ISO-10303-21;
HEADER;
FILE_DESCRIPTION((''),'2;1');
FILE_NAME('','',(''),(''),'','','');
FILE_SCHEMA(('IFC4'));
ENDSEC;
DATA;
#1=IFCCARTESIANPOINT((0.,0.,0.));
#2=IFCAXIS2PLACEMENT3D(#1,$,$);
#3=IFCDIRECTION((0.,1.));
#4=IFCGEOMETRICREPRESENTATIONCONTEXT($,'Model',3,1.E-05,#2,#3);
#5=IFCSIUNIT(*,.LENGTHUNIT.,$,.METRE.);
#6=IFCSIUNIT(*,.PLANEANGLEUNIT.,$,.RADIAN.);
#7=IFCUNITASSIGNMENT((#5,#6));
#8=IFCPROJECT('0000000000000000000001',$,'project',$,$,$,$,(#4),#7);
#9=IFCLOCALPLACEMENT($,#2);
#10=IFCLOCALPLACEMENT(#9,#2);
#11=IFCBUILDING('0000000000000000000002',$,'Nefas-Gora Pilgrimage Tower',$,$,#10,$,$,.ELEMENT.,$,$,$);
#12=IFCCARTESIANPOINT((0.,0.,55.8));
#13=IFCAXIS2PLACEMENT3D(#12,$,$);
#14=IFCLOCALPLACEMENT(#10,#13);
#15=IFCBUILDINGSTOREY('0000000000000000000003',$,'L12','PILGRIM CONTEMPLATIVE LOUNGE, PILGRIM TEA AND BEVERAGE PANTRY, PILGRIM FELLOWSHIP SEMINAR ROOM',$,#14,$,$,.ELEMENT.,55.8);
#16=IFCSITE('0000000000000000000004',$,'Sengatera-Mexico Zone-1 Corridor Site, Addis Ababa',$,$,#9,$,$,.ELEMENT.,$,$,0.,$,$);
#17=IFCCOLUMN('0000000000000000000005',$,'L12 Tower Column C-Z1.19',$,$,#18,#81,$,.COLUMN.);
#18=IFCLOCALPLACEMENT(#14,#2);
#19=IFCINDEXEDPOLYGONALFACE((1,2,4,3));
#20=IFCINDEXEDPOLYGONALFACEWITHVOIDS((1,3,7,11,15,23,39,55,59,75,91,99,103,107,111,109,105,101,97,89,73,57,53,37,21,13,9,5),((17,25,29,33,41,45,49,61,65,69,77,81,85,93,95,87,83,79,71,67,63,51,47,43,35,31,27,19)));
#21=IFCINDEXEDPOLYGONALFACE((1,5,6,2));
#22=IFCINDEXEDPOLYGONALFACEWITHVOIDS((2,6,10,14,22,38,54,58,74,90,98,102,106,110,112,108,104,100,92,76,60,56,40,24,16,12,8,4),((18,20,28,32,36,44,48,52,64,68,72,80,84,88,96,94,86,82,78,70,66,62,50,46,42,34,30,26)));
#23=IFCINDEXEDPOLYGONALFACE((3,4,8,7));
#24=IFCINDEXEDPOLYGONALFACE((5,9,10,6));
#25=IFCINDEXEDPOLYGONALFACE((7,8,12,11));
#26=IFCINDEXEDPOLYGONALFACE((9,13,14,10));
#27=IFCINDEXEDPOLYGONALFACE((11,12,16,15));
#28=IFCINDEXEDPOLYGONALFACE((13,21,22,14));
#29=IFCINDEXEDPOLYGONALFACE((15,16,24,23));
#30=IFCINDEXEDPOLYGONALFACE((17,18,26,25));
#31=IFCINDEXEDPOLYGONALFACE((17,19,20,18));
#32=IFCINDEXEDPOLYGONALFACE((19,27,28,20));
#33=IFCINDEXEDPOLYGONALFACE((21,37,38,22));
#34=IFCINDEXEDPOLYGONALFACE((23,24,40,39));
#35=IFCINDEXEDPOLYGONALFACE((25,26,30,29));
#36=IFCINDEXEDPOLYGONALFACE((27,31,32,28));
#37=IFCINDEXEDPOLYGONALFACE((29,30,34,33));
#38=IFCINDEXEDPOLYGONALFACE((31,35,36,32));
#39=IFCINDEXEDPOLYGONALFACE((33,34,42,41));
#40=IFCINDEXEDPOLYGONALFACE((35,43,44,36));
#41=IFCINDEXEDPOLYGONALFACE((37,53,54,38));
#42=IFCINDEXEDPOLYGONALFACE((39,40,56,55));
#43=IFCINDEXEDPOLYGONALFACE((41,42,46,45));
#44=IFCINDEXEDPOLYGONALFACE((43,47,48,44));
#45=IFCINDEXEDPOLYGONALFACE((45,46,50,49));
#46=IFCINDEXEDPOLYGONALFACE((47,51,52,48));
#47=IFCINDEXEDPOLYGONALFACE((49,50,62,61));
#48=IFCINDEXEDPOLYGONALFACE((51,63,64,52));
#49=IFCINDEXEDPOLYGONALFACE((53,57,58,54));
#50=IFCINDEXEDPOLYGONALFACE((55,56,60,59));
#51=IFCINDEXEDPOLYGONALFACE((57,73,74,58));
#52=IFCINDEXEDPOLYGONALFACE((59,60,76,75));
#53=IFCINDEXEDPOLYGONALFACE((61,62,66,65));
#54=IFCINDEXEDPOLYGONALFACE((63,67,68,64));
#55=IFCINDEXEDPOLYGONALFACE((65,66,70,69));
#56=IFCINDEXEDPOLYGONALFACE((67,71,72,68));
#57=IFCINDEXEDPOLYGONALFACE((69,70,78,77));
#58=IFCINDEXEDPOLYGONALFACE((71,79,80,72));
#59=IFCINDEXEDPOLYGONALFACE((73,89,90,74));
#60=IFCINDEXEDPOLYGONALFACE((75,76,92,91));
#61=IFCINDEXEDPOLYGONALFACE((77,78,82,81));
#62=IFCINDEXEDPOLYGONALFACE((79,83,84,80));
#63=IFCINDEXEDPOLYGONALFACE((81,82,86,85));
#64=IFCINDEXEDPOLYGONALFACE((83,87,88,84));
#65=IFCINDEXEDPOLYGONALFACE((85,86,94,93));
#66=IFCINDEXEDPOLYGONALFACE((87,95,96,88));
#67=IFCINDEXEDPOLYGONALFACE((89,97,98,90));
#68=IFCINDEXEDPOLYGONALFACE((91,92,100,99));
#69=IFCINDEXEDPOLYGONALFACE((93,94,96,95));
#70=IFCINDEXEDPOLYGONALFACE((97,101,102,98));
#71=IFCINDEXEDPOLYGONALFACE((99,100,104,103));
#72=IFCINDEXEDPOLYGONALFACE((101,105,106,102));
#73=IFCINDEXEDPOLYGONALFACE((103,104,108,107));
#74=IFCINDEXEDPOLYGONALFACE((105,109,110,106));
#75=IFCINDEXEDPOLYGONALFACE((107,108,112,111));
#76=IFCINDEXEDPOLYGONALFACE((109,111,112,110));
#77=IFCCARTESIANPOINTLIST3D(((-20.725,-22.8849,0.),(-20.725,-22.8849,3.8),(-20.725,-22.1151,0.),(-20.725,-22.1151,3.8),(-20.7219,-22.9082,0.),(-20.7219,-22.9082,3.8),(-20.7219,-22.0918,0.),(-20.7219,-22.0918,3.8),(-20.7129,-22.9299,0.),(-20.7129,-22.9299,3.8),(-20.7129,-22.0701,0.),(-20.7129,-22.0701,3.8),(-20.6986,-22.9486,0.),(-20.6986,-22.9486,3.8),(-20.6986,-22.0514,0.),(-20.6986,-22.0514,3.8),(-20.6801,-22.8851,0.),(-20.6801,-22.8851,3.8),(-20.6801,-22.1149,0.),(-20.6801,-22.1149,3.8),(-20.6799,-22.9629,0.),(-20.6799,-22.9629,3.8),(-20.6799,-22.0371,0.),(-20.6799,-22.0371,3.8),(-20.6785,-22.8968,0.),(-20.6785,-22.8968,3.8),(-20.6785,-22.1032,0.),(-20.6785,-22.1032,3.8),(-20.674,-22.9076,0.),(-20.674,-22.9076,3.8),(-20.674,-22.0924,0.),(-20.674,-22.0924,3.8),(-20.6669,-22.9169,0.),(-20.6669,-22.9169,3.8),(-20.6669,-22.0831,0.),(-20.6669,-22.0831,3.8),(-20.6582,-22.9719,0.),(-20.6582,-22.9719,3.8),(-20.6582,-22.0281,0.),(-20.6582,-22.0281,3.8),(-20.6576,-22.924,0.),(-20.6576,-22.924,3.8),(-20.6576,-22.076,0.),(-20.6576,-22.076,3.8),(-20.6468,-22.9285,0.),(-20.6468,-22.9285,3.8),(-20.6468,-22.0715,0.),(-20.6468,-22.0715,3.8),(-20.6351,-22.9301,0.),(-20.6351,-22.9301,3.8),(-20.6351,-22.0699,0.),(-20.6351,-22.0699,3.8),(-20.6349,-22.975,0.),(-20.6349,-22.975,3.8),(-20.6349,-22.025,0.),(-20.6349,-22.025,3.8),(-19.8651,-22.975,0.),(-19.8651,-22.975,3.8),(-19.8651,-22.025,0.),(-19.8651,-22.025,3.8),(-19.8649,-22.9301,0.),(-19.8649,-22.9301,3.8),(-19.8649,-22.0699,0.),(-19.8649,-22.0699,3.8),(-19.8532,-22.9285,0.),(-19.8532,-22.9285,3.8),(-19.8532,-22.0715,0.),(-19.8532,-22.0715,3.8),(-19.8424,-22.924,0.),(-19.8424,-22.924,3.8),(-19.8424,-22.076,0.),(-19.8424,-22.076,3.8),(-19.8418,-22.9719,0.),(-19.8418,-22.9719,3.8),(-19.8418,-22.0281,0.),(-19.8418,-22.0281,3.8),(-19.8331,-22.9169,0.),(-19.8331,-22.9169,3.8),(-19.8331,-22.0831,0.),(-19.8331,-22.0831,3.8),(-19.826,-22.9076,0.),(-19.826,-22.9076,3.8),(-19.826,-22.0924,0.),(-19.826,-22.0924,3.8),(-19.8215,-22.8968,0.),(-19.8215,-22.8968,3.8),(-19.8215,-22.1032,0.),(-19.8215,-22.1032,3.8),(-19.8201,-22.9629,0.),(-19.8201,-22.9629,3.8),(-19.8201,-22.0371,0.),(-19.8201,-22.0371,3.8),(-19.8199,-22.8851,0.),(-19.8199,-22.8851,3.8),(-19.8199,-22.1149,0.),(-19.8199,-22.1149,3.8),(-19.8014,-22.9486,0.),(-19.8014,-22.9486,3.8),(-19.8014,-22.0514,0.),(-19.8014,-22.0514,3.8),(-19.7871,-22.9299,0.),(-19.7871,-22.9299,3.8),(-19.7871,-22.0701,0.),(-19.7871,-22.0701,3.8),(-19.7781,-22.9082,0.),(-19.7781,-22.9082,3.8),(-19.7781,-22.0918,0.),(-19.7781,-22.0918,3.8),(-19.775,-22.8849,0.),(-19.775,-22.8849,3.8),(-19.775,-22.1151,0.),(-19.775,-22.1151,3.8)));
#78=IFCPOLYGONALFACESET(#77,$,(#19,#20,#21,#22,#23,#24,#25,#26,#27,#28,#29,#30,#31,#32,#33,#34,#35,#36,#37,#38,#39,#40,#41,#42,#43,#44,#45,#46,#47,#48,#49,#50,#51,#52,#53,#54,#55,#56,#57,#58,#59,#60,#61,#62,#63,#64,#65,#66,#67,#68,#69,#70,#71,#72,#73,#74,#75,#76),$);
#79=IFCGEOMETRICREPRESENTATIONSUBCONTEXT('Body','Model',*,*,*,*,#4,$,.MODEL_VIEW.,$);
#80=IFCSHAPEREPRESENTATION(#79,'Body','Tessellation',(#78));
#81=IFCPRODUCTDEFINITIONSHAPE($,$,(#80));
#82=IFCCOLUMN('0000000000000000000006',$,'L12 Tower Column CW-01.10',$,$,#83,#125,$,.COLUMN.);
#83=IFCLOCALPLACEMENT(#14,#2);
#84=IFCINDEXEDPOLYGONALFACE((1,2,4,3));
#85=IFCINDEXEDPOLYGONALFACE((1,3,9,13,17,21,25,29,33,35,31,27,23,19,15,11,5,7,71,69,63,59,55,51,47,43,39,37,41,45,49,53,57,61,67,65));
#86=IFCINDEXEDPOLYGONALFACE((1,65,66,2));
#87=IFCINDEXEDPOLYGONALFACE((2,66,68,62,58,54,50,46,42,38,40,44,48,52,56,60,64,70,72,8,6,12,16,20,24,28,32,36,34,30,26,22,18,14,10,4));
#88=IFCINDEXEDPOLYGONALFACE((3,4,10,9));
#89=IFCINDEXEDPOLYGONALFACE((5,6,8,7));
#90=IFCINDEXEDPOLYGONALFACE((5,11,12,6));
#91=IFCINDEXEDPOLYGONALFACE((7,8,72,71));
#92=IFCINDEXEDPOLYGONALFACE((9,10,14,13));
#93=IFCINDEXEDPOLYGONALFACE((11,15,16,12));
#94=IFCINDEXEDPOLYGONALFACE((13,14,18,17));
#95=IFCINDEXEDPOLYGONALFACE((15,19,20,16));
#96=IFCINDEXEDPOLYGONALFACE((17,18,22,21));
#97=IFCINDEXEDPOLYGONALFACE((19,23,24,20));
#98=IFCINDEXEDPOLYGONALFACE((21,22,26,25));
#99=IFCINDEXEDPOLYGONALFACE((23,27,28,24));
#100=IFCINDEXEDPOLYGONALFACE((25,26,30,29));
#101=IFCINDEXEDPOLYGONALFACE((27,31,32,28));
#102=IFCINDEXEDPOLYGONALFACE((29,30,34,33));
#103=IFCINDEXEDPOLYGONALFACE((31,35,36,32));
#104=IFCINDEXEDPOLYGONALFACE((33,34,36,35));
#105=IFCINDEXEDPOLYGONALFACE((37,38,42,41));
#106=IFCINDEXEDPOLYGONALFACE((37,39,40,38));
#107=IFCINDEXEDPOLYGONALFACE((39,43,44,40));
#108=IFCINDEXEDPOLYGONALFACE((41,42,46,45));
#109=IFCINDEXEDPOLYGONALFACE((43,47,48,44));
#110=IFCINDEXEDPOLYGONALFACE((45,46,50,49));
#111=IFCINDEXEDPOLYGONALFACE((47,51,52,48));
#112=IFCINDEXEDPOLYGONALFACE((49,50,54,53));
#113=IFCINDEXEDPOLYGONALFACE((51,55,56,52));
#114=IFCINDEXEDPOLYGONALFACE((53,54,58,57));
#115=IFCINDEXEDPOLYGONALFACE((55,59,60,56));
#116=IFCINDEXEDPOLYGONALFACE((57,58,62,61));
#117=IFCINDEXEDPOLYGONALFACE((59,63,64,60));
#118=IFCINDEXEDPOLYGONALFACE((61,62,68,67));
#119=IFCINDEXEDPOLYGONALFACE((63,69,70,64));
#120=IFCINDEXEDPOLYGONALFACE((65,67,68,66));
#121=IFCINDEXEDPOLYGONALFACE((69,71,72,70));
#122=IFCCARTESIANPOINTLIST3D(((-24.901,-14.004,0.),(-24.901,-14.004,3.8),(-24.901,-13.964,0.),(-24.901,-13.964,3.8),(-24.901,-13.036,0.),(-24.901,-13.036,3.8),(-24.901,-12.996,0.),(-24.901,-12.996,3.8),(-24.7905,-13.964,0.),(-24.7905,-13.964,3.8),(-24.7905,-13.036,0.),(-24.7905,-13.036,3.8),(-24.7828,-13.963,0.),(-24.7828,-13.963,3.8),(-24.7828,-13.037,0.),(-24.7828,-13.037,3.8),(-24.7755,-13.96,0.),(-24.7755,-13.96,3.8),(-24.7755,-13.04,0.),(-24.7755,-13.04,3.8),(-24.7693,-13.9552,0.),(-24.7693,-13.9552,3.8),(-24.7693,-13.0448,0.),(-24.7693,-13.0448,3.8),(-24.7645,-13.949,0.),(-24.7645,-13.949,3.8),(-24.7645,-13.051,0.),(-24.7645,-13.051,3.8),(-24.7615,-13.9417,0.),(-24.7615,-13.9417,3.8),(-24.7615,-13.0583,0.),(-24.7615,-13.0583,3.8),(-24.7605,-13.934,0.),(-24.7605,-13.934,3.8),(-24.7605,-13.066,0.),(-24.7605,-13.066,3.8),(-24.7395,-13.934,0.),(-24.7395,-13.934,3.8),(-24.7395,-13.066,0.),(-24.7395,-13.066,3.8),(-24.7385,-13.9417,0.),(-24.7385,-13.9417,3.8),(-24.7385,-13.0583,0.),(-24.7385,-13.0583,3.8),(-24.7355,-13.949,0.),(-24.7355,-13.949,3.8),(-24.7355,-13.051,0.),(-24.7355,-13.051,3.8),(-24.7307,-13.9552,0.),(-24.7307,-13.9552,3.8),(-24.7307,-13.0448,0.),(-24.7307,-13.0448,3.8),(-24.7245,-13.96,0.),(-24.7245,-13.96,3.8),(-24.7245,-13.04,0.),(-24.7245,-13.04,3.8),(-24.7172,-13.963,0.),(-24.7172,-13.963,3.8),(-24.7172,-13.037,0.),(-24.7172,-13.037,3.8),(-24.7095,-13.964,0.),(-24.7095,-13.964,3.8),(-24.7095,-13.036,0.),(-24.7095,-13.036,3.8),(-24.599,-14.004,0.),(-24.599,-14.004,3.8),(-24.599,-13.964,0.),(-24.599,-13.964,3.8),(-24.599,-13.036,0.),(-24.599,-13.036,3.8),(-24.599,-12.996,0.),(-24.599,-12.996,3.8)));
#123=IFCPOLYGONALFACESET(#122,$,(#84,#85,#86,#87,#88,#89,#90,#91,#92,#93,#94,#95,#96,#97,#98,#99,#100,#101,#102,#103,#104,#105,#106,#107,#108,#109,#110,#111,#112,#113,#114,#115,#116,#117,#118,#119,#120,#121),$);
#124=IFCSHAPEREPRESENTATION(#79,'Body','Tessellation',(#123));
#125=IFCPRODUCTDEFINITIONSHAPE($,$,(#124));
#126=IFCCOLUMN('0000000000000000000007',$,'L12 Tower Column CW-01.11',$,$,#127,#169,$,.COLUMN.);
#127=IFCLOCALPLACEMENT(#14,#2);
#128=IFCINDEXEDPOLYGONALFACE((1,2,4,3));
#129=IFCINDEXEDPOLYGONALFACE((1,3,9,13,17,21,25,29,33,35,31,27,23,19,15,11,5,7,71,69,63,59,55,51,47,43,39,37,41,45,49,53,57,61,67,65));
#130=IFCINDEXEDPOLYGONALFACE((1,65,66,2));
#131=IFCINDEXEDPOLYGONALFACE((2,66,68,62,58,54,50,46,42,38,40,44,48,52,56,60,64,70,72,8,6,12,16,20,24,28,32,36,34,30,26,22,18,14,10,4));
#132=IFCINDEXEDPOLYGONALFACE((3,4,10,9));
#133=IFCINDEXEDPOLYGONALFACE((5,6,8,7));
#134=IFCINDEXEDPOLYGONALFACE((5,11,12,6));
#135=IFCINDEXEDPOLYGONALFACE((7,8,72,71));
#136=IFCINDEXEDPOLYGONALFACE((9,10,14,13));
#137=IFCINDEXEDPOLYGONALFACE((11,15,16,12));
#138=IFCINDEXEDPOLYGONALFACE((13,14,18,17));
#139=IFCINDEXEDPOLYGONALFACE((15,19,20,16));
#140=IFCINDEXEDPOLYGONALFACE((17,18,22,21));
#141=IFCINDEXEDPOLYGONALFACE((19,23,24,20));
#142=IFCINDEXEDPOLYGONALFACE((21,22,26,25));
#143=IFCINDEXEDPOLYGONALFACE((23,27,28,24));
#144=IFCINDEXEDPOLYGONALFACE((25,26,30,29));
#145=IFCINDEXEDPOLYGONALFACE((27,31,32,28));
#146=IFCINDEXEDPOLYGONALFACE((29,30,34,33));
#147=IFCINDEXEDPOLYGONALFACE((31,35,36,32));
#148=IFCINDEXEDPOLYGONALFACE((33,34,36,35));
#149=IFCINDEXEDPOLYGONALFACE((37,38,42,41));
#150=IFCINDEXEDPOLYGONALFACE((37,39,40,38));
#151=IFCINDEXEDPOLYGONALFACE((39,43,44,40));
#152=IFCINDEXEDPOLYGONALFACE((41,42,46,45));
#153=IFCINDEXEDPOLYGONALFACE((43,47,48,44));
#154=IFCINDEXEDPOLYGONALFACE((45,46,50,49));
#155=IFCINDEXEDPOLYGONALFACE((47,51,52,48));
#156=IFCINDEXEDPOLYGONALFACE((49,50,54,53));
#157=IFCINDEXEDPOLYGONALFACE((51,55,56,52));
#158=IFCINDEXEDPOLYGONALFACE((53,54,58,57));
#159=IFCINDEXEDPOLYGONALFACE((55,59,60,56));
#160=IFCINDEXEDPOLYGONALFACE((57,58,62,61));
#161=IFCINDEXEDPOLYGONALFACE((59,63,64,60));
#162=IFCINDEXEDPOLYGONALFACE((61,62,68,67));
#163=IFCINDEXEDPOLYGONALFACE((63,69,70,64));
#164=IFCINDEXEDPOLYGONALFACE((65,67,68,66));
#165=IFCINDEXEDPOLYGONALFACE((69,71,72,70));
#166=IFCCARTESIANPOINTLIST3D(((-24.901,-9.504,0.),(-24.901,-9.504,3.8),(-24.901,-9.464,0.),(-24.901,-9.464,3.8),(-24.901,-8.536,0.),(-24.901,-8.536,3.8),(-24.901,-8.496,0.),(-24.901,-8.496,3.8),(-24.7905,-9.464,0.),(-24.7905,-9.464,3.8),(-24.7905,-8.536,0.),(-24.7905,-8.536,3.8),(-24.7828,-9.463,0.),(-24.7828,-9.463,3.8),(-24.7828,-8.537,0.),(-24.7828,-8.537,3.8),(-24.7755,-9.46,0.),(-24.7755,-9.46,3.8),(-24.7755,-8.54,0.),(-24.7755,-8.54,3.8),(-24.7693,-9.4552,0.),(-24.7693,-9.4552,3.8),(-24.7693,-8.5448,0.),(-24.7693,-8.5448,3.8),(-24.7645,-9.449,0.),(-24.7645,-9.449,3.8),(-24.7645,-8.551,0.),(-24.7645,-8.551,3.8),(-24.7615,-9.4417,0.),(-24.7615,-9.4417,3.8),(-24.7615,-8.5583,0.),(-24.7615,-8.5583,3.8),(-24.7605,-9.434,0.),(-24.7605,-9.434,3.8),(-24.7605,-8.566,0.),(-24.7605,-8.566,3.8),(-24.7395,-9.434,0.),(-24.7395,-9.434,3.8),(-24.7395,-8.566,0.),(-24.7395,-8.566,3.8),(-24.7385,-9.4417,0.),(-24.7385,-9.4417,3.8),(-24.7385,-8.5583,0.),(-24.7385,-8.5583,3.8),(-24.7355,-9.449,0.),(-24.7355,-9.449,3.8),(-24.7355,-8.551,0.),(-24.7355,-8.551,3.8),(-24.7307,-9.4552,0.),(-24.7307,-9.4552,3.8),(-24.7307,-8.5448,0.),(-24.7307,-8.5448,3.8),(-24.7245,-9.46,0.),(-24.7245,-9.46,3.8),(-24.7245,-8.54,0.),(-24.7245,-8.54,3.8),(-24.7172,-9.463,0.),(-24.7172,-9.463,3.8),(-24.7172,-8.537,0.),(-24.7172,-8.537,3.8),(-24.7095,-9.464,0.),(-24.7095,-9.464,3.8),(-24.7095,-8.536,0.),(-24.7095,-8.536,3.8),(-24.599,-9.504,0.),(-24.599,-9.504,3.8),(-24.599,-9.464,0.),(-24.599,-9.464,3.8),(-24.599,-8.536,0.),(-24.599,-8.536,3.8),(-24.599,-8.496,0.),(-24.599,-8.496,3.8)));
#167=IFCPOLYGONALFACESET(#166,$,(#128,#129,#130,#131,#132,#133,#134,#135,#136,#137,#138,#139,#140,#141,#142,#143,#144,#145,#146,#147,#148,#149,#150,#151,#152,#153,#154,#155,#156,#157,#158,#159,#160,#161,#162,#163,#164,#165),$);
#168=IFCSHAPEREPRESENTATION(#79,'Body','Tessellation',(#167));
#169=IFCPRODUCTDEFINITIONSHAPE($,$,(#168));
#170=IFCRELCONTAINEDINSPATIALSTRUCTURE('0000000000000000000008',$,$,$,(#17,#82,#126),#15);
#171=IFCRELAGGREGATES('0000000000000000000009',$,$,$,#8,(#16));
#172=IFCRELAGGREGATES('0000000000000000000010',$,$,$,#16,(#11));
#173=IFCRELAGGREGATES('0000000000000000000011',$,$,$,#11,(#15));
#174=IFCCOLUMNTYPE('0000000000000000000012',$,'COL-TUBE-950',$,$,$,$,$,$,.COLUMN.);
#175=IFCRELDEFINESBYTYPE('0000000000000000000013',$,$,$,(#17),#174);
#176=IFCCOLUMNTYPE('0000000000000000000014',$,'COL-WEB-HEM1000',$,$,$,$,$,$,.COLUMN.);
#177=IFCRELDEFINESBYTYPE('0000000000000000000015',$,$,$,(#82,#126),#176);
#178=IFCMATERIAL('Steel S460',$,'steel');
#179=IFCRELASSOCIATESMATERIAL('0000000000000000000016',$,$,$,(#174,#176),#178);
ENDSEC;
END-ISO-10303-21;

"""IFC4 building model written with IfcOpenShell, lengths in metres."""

from ifc_helpers import new_model, si_unit, direction, frame, origin, origin_2d, place, context, subcontext, project, spatial, hollow_rectangle, i_section, extrude, source, transform, mapped, material, material_profile, profile_set, type_object, element, save


model = new_model("IFC4")

# Units and contexts
model_context = context("Model", 3, precision=1e-05, world=origin(), true_north=direction((0.0, 1.0)))
body_context = subcontext(model_context, "Body", "Model", "MODEL_VIEW")
ifc_project = project(units=[si_unit("LENGTHUNIT", "METRE"), si_unit("PLANEANGLEUNIT", "RADIAN")], contexts=[model_context])

# Site, building, storey
site_placement = place(None, origin())
site = spatial("IfcSite", under=ifc_project, at=site_placement, Name="Sengatera-Mexico Zone-1 Corridor Site, Addis Ababa", CompositionType="ELEMENT", RefElevation=0.0)
building_placement = place(site_placement, origin())
building = spatial("IfcBuilding", under=site, at=building_placement, Name="Nefas-Gora Pilgrimage Tower", CompositionType="ELEMENT")
storey_placement = place(building_placement, frame((0.0, 0.0, 55.8)))
storey = spatial("IfcBuildingStorey", under=building, at=storey_placement, Name="L12", Description="PILGRIM CONTEMPLATIVE LOUNGE, PILGRIM TEA AND BEVERAGE PANTRY, PILGRIM FELLOWSHIP SEMINAR ROOM", CompositionType="ELEMENT", Elevation=55.8)

# Columns
ifc_material_1 = material(Name="Steel S460", Category="steel")
ifc_material_profile_1 = material_profile(ifc_material_1, hollow_rectangle(XDim=0.95, YDim=0.95, WallThickness=0.0449, InnerFilletRadius=0.0449, OuterFilletRadius=0.0901, at=origin_2d()), Name="BOX 950x950x45")
ifc_profile_set_1 = profile_set([ifc_material_profile_1], Name="Steel S460")
column_type_1 = type_object("IfcColumnType", Name="COL-TUBE-950", PredefinedType="COLUMN", material=ifc_profile_set_1)
shared_shape_1 = source(origin(), body_context, "Body", "SweptSolid", [
    extrude(hollow_rectangle(XDim=0.95, YDim=0.95, WallThickness=0.0449, InnerFilletRadius=0.0449, OuterFilletRadius=0.0901, at=origin_2d()), origin(), (0.0, 0.0, 1.0), 3.8),
])
column_placement = place(storey_placement, frame((-20.25, -22.5, 0.0), z_axis=(0.0, 0.0, 1.0), x_axis=(1.0, 0.0, 0.0)))
element("IfcColumn", 1, at=column_placement, inside=storey, type_object=column_type_1, Name="L12 Tower Column C-Z1.19", PredefinedType="COLUMN", context=body_context, shape_type="MappedRepresentation", body=[
    mapped(shared_shape_1, transform((0.0, 0.0, 0.0), x_axis=(1.0, 0.0, 0.0), y_axis=(0.0, 1.0, 0.0), z_axis=(0.0, 0.0, 1.0), scale=1.0)),
])
ifc_material_profile_2 = material_profile(ifc_material_1, i_section(OverallWidth=0.302, OverallDepth=1.0081, WebThickness=0.021, FlangeThickness=0.04, FilletRadius=0.03, at=origin_2d()), Name="HEM 1000")
ifc_profile_set_2 = profile_set([ifc_material_profile_2], Name="Steel S460")
column_type_2 = type_object("IfcColumnType", Name="COL-WEB-HEM1000", PredefinedType="COLUMN", material=ifc_profile_set_2)
shared_shape_2 = source(origin(), body_context, "Body", "SweptSolid", [
    extrude(i_section(OverallWidth=0.302, OverallDepth=1.0081, WebThickness=0.021, FlangeThickness=0.04, FilletRadius=0.03, at=origin_2d()), origin(), (0.0, 0.0, 1.0), 3.8),
])
for number, where, z_axis, x_axis, name in (
    (2, (-24.75, -13.5, 0.0), (0.0, 0.0, 1.0), (1.0, 0.0, 0.0), "L12 Tower Column CW-01.10"),
    (3, (-24.75, -9.0, 0.0), (0.0, 0.0, 1.0), (1.0, 0.0, 0.0), "L12 Tower Column CW-01.11"),
):
    element("IfcColumn", number, at=place(storey_placement, frame(where, z_axis=z_axis, x_axis=x_axis)), inside=storey, type_object=column_type_2, Name=name, PredefinedType="COLUMN", context=body_context, shape_type="MappedRepresentation", body=[
        mapped(shared_shape_2, transform((0.0, 0.0, 0.0), x_axis=(1.0, 0.0, 0.0), y_axis=(0.0, 1.0, 0.0), z_axis=(0.0, 0.0, 1.0), scale=1.0)),
    ])

save(model, "model.ifc")
